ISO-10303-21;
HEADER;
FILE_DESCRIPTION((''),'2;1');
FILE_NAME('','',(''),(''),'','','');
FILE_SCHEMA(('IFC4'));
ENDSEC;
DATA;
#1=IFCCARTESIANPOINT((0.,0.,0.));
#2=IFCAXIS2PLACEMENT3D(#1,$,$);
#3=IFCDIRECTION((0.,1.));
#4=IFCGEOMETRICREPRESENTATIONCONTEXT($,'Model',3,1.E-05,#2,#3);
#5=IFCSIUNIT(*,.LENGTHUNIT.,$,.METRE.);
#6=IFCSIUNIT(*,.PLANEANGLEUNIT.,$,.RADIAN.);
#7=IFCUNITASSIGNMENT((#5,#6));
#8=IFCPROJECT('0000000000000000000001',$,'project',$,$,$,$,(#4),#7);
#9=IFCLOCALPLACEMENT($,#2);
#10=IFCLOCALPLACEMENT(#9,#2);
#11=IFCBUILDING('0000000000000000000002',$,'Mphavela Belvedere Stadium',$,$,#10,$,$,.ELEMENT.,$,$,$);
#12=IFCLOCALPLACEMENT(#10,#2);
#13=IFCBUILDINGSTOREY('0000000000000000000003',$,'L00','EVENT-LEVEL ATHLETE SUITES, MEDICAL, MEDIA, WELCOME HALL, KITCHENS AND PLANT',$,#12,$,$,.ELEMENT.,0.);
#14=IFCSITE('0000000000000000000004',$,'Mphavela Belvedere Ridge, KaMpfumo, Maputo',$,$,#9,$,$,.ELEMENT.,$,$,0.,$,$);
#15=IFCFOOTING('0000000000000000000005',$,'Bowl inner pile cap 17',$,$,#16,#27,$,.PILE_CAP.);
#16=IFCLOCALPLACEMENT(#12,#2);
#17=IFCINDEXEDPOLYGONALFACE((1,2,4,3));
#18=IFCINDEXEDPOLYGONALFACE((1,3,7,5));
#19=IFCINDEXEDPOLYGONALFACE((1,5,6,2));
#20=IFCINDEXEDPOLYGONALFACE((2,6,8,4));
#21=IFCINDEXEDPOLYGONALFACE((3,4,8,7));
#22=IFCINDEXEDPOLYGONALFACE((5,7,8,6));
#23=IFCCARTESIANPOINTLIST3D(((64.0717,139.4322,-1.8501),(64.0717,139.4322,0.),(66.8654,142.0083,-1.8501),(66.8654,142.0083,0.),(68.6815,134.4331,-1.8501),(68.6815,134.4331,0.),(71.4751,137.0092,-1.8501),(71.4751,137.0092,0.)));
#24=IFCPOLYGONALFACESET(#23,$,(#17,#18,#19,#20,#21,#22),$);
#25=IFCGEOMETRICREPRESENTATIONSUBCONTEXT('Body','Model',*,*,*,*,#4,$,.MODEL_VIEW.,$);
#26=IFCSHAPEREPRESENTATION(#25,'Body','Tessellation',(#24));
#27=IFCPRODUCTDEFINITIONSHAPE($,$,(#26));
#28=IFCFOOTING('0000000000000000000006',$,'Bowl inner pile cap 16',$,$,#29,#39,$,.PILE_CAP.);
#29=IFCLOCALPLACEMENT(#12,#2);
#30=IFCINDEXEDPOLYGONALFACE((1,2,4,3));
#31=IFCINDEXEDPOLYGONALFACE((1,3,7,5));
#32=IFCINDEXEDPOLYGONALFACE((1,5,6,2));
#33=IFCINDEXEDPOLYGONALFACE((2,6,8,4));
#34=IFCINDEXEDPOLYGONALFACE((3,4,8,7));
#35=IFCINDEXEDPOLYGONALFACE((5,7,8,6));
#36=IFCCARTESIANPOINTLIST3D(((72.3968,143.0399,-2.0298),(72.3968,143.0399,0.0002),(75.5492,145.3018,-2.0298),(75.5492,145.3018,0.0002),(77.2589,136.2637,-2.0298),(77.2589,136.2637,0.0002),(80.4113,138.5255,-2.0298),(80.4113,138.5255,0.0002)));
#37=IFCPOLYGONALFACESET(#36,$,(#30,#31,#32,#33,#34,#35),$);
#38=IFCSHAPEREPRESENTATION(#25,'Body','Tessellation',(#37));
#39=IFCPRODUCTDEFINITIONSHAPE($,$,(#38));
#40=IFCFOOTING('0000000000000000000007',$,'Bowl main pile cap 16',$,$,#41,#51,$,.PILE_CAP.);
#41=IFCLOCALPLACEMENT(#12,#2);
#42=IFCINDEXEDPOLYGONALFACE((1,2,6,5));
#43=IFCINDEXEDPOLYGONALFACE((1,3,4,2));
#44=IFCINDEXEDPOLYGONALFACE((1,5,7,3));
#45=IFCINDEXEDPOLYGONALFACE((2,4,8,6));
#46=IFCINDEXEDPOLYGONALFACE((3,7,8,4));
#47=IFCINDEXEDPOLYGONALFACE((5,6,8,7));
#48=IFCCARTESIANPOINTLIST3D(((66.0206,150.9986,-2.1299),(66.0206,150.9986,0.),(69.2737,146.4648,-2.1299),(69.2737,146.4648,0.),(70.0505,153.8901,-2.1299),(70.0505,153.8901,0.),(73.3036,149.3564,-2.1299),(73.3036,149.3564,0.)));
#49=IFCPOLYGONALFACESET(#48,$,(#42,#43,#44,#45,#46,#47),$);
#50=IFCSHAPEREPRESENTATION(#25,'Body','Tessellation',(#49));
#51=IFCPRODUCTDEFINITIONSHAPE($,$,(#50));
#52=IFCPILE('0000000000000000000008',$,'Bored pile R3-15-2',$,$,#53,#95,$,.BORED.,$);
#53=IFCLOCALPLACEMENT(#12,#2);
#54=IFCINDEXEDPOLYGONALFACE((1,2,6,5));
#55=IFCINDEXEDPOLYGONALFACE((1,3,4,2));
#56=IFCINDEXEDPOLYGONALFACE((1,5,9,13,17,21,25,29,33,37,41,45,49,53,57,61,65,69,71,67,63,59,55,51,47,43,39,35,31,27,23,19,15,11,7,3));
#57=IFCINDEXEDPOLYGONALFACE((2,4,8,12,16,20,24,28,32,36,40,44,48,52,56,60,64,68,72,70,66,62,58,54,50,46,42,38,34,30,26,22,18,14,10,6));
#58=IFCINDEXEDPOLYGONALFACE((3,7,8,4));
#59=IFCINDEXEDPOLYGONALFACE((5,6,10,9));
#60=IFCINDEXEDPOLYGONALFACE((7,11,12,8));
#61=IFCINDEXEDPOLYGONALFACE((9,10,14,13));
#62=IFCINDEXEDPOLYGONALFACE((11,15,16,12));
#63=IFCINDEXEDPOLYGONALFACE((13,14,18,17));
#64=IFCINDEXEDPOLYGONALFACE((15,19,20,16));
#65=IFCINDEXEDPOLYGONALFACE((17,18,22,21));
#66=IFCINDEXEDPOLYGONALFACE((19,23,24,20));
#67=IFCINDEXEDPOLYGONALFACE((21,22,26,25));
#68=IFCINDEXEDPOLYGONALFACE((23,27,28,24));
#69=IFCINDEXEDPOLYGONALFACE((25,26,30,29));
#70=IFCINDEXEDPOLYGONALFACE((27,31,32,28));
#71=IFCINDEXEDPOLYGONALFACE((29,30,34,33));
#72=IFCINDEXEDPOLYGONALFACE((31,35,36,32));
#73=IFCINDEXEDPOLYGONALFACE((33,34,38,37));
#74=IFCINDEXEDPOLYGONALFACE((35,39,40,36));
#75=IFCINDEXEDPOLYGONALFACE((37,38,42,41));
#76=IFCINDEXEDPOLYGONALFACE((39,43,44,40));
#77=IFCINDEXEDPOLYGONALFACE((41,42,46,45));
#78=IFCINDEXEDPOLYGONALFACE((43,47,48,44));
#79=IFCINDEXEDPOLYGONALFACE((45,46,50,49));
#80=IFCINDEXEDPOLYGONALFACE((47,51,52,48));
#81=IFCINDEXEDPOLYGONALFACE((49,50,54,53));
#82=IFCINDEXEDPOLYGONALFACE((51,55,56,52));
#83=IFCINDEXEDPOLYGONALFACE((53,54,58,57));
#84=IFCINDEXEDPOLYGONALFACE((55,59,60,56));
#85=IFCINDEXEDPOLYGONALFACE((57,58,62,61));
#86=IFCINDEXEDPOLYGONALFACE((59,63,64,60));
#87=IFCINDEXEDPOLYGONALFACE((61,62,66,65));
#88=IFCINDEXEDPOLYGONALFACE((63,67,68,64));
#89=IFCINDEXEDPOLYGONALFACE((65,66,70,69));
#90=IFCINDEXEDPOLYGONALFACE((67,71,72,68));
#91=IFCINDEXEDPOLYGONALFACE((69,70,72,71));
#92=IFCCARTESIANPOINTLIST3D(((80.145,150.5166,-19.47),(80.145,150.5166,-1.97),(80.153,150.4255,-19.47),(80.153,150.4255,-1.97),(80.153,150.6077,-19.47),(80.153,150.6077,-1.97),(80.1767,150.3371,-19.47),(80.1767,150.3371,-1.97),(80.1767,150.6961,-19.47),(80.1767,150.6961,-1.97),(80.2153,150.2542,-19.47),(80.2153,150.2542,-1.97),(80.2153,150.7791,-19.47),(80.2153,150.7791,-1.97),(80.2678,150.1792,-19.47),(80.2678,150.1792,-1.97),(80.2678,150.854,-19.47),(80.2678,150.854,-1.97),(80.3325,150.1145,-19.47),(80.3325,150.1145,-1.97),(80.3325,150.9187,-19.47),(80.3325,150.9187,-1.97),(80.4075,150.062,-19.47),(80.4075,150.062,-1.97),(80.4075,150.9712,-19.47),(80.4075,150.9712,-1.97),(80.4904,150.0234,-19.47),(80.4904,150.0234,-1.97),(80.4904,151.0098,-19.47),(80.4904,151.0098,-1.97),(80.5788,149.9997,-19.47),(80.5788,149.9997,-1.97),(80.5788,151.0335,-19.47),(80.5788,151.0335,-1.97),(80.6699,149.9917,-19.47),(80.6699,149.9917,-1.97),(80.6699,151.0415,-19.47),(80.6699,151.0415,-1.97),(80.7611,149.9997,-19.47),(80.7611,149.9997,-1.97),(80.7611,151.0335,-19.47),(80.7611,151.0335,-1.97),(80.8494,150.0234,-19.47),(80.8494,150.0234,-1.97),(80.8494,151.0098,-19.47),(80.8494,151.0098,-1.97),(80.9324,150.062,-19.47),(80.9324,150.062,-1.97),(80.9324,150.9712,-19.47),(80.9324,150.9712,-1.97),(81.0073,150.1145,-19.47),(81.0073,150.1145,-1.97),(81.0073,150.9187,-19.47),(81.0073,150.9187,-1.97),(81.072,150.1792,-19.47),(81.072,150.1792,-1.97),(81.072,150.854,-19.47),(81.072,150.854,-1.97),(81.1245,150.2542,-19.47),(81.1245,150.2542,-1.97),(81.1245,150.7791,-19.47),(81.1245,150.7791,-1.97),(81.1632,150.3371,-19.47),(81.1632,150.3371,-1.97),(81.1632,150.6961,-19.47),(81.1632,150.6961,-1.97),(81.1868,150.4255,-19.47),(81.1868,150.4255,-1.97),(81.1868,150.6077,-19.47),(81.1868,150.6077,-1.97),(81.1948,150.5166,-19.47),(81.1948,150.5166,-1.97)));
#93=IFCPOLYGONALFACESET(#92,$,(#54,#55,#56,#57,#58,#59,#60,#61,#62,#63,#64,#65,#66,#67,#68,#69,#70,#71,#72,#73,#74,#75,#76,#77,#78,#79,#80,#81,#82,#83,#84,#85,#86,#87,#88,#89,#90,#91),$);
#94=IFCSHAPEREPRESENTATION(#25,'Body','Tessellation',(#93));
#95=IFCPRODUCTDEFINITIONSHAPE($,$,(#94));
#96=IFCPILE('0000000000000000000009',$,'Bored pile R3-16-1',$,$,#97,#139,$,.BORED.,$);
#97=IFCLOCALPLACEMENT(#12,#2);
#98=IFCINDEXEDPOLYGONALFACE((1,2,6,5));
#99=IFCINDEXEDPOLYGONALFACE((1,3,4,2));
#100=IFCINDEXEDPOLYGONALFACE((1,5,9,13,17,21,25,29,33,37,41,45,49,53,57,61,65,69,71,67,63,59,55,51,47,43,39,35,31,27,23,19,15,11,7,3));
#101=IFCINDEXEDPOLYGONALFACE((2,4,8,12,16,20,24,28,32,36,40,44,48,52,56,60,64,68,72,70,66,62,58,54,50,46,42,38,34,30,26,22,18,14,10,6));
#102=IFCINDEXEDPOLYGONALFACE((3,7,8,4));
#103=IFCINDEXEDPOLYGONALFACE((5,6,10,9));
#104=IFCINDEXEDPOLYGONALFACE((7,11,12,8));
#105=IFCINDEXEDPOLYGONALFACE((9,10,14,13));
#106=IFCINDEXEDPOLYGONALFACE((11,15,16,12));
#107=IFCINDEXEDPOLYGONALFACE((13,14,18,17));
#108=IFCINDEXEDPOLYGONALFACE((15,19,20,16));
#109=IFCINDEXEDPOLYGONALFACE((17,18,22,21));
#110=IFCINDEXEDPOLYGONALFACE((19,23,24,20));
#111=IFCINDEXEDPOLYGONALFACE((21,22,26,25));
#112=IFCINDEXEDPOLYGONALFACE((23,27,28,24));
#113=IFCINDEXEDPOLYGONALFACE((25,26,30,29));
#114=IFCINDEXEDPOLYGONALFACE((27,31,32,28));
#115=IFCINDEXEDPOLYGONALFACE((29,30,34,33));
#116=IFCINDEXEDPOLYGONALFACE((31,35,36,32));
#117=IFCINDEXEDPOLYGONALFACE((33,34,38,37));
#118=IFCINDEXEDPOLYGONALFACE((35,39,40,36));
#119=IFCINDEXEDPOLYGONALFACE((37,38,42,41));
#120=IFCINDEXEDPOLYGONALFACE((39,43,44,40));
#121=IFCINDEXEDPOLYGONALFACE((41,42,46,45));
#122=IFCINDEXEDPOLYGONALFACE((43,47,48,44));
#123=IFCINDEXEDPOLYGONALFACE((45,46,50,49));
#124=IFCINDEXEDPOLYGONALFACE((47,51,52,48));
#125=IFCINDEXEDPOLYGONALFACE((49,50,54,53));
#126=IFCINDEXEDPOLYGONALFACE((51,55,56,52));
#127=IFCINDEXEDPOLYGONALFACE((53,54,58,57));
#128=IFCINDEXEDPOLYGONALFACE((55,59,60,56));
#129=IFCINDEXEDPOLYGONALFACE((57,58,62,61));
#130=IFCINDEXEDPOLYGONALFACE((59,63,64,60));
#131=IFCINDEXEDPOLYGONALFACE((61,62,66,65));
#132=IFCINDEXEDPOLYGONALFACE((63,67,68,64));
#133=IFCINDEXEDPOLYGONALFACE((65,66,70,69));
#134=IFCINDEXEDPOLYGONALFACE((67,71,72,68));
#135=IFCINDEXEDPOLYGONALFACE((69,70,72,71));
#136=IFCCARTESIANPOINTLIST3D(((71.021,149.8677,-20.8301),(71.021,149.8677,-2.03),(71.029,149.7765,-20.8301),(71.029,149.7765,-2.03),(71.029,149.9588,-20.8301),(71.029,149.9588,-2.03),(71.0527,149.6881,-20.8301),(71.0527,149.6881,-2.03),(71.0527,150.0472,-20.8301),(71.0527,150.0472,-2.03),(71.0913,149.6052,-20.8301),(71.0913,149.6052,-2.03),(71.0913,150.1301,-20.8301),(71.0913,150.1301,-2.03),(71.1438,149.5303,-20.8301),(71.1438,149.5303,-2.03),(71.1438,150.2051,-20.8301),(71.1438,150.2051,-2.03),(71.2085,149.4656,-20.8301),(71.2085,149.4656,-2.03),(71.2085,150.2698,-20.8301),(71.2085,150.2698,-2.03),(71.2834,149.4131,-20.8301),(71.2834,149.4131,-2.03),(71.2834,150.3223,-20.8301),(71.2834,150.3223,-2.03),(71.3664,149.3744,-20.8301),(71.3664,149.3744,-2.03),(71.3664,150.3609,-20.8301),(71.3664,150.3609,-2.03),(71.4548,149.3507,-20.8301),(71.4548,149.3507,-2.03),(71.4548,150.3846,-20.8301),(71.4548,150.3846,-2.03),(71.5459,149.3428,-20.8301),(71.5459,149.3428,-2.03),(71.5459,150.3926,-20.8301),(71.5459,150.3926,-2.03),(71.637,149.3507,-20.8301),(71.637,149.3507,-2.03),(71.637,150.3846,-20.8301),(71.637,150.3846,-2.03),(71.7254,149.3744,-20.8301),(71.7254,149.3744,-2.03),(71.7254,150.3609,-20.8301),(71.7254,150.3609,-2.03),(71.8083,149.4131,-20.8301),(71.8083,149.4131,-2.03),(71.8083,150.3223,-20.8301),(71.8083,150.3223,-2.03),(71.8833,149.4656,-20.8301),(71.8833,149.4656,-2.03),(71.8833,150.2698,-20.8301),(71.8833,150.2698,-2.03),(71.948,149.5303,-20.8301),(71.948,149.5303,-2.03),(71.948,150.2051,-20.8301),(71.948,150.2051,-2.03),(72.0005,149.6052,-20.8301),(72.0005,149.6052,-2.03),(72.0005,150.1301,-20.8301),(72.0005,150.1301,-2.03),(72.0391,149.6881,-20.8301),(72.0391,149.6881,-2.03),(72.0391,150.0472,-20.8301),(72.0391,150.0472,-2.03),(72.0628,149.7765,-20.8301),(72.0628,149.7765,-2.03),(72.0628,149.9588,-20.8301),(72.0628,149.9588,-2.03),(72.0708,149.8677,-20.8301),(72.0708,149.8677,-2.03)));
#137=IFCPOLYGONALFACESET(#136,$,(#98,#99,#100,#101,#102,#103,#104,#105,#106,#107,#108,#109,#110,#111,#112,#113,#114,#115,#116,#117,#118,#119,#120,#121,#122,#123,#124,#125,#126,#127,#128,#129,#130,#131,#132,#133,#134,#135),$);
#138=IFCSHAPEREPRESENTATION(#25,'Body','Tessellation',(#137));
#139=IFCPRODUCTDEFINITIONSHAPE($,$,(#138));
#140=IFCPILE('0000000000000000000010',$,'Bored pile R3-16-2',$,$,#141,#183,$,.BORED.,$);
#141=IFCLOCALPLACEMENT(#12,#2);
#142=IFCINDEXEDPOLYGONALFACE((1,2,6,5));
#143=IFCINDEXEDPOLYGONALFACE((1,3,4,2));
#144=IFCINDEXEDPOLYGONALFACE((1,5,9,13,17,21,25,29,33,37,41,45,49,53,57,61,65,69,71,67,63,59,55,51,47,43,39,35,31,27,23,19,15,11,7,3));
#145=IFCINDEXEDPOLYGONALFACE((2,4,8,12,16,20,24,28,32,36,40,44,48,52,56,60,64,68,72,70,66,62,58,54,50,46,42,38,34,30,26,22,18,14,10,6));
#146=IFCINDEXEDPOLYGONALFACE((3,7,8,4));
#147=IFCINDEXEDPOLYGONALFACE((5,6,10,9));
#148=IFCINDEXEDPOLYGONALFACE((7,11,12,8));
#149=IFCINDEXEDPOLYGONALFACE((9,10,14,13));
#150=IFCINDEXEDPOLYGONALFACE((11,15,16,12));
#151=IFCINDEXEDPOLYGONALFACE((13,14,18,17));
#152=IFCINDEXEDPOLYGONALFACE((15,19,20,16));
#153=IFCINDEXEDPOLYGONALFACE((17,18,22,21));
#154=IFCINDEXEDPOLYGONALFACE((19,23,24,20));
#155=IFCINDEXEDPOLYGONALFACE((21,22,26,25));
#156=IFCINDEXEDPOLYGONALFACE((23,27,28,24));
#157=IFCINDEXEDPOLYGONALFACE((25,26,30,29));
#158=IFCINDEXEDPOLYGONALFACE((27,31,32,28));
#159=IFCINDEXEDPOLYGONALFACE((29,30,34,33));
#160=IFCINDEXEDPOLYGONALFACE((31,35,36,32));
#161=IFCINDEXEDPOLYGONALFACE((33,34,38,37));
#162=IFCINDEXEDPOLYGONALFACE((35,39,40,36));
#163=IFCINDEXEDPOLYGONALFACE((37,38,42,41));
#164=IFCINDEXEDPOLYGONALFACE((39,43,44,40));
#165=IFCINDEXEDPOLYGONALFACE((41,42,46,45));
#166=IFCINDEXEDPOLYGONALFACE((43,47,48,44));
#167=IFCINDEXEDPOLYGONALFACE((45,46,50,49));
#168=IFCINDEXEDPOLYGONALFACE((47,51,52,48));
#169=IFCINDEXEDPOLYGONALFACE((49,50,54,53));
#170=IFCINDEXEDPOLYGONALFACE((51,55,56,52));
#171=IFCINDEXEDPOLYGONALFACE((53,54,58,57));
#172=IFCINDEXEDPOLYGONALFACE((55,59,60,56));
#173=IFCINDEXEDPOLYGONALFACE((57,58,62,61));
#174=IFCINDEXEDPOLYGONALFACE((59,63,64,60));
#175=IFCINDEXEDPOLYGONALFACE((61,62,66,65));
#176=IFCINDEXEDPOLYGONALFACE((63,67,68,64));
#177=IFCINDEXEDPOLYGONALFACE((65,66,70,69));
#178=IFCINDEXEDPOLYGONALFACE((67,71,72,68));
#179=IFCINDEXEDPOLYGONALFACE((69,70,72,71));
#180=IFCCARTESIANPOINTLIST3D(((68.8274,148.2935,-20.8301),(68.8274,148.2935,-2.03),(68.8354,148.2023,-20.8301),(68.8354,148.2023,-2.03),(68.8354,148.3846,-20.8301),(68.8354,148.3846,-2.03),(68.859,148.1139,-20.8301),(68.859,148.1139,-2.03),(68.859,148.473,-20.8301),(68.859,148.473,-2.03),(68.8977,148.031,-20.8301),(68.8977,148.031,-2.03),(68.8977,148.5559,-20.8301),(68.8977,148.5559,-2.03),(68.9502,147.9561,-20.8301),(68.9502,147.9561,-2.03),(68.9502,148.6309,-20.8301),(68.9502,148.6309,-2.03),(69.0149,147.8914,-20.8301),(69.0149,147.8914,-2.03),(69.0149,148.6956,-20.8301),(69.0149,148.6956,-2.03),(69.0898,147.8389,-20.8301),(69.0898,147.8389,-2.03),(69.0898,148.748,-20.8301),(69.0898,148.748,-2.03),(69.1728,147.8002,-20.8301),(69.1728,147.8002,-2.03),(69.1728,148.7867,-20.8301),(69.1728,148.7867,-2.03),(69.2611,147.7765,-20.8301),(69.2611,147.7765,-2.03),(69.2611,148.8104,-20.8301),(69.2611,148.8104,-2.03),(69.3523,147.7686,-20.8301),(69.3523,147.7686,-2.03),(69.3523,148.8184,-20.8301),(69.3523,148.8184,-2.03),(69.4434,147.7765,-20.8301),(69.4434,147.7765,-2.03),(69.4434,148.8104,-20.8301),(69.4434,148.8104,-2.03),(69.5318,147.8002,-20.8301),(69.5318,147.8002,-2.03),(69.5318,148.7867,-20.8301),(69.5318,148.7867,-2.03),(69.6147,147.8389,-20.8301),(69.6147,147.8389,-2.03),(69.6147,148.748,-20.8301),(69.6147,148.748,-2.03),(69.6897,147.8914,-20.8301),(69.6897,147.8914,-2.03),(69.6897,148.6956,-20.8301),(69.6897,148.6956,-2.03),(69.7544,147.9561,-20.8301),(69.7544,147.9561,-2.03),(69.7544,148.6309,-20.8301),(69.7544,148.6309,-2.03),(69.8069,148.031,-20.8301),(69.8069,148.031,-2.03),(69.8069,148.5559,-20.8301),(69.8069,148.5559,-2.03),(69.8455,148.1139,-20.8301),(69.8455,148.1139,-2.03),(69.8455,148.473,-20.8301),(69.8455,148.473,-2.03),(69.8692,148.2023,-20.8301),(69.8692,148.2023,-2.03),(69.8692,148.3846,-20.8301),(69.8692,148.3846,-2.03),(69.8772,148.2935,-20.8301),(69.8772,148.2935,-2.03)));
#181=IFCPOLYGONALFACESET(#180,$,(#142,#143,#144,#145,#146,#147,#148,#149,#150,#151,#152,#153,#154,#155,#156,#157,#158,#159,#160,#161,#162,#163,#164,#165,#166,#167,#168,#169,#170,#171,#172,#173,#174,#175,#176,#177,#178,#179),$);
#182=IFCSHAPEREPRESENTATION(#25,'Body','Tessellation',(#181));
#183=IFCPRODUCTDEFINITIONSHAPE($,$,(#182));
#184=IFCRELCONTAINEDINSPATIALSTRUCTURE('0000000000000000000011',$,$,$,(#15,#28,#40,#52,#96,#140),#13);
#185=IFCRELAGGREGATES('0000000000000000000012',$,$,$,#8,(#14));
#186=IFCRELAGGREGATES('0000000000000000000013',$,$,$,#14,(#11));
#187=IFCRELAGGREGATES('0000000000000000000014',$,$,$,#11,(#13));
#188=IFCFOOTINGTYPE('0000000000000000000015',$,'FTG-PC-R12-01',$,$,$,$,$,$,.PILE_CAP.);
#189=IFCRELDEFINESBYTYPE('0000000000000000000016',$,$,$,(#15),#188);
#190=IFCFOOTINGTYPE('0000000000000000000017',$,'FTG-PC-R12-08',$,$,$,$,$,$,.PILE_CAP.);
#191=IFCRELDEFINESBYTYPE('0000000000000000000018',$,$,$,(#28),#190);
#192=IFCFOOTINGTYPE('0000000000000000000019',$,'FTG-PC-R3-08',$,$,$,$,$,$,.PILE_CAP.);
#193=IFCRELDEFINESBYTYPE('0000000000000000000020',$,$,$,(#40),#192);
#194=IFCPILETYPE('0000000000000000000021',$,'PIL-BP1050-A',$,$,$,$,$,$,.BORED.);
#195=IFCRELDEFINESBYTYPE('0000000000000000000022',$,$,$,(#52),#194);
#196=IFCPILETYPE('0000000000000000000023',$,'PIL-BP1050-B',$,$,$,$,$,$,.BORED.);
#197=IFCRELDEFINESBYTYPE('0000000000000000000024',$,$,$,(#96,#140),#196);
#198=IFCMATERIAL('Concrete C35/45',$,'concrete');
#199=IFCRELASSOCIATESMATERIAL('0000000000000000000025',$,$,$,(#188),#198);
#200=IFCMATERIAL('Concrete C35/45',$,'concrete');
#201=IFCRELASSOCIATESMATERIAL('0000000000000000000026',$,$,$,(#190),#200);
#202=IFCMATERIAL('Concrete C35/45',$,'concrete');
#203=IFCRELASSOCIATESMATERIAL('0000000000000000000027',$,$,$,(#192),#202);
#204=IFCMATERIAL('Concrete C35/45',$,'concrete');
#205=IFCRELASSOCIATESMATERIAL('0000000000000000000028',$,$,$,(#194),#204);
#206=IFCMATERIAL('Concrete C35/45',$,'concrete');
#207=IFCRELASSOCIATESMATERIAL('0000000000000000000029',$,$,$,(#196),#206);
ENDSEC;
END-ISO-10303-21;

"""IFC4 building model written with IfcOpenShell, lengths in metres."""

from ifc_helpers import new_model, si_unit, direction, frame, origin, origin_2d, place, context, subcontext, project, spatial, rectangle, circle, extrude, material, material_profile, profile_set, type_object, element, save


model = new_model("IFC4")

# Units and contexts
model_context = context("Model", 3, precision=1e-05, world=origin(), true_north=direction((0.0, 1.0)))
body_context = subcontext(model_context, "Body", "Model", "MODEL_VIEW")
ifc_project = project(units=[si_unit("LENGTHUNIT", "METRE"), si_unit("PLANEANGLEUNIT", "RADIAN")], contexts=[model_context])

# Site, building, storey
site_placement = place(None, origin())
site = spatial("IfcSite", under=ifc_project, at=site_placement, Name="Mphavela Belvedere Ridge, KaMpfumo, Maputo", CompositionType="ELEMENT", RefElevation=0.0)
building_placement = place(site_placement, origin())
building = spatial("IfcBuilding", under=site, at=building_placement, Name="Mphavela Belvedere Stadium", CompositionType="ELEMENT")
storey_placement = place(building_placement, origin())
storey = spatial("IfcBuildingStorey", under=building, at=storey_placement, Name="L00", Description="EVENT-LEVEL ATHLETE SUITES, MEDICAL, MEDIA, WELCOME HALL, KITCHENS AND PLANT", CompositionType="ELEMENT", Elevation=0.0)

# Footings
ifc_material_1 = material(Name="Concrete C35/45", Category="concrete")
footing_type_1 = type_object("IfcFootingType", Name="FTG-PC-R12-01", PredefinedType="PILE_CAP", material=ifc_material_1)
footing_1_placement = place(storey_placement, frame((67.7734, 138.2207, -1.8501), z_axis=(0.0, 0.0, 1.0), x_axis=(-0.677903, 0.735151, 0.0)))
element("IfcFooting", 1, at=footing_1_placement, inside=storey, type_object=footing_type_1, Name="Bowl inner pile cap 17", PredefinedType="PILE_CAP", context=body_context, shape_type="SweptSolid", body=[
    extrude(rectangle(XDim=6.8, YDim=3.8, at=origin_2d()), origin(), (0.0, 0.0, 1.0), 1.8501),
])
ifc_material_2 = material(Name="Concrete C35/45", Category="concrete")
footing_type_2 = type_object("IfcFootingType", Name="FTG-PC-R12-08", PredefinedType="PILE_CAP", material=ifc_material_2)
footing_2_placement = place(storey_placement, frame((76.4041, 140.7827, -2.0298), z_axis=(0.0, 0.0, 1.0), x_axis=(-0.582974, 0.812491, 0.0)))
element("IfcFooting", 2, at=footing_2_placement, inside=storey, type_object=footing_type_2, Name="Bowl inner pile cap 16", PredefinedType="PILE_CAP", context=body_context, shape_type="SweptSolid", body=[
    extrude(rectangle(XDim=8.3401, YDim=3.8799, at=origin_2d()), origin(), (0.0, 0.0, 1.0), 2.03),
])
ifc_material_3 = material(Name="Concrete C35/45", Category="concrete")
footing_type_3 = type_object("IfcFootingType", Name="FTG-PC-R3-08", PredefinedType="PILE_CAP", material=ifc_material_3)
footing_3_placement = place(storey_placement, frame((69.6621, 150.1775, -2.1299), z_axis=(0.0, 0.0, 1.0), x_axis=(-0.582974, 0.812491, 0.0)))
element("IfcFooting", 3, at=footing_3_placement, inside=storey, type_object=footing_type_3, Name="Bowl main pile cap 16", PredefinedType="PILE_CAP", context=body_context, shape_type="SweptSolid", body=[
    extrude(rectangle(XDim=5.5801, YDim=4.96, at=origin_2d()), origin(), (0.0, 0.0, 1.0), 2.1299),
])

# Piles
ifc_material_4 = material(Name="Concrete C35/45", Category="concrete")
ifc_material_profile_1 = material_profile(ifc_material_4, circle(Radius=0.5249, at=origin_2d()), Name="BP D1050")
ifc_profile_set_1 = profile_set([ifc_material_profile_1], Name="Concrete C35/45")
pile_type_1 = type_object("IfcPileType", Name="PIL-BP1050-A", PredefinedType="BORED", material=ifc_profile_set_1)
pile_placement = place(storey_placement, frame((80.6699, 150.5166, -1.97), z_axis=(0.0, 0.0, -1.0), x_axis=(1.0, 0.0, 0.0)))
element("IfcPile", 4, at=pile_placement, inside=storey, type_object=pile_type_1, Name="Bored pile R3-15-2", PredefinedType="BORED", context=body_context, shape_type="SweptSolid", body=[
    extrude(circle(Radius=0.5249, at=origin_2d()), origin(), (0.0, 0.0, 1.0), 17.5),
])
ifc_material_5 = material(Name="Concrete C35/45", Category="concrete")
ifc_material_profile_2 = material_profile(ifc_material_5, circle(Radius=0.5249, at=origin_2d()), Name="BP D1050")
ifc_profile_set_2 = profile_set([ifc_material_profile_2], Name="Concrete C35/45")
pile_type_2 = type_object("IfcPileType", Name="PIL-BP1050-B", PredefinedType="BORED", material=ifc_profile_set_2)
for number, where, z_axis, x_axis, name in (
    (5, (71.5459, 149.8677, -2.03), (0.0, 0.0, -1.0), (1.0, 0.0, 0.0), "Bored pile R3-16-1"),
    (6, (69.3523, 148.2935, -2.03), (0.0, 0.0, -1.0), (1.0, 0.0, 0.0), "Bored pile R3-16-2"),
):
    element("IfcPile", number, at=place(storey_placement, frame(where, z_axis=z_axis, x_axis=x_axis)), inside=storey, type_object=pile_type_2, Name=name, PredefinedType="BORED", context=body_context, shape_type="SweptSolid", body=[
        extrude(circle(Radius=0.5249, at=origin_2d()), origin(), (0.0, 0.0, 1.0), 18.8),
    ])

save(model, "model.ifc")
